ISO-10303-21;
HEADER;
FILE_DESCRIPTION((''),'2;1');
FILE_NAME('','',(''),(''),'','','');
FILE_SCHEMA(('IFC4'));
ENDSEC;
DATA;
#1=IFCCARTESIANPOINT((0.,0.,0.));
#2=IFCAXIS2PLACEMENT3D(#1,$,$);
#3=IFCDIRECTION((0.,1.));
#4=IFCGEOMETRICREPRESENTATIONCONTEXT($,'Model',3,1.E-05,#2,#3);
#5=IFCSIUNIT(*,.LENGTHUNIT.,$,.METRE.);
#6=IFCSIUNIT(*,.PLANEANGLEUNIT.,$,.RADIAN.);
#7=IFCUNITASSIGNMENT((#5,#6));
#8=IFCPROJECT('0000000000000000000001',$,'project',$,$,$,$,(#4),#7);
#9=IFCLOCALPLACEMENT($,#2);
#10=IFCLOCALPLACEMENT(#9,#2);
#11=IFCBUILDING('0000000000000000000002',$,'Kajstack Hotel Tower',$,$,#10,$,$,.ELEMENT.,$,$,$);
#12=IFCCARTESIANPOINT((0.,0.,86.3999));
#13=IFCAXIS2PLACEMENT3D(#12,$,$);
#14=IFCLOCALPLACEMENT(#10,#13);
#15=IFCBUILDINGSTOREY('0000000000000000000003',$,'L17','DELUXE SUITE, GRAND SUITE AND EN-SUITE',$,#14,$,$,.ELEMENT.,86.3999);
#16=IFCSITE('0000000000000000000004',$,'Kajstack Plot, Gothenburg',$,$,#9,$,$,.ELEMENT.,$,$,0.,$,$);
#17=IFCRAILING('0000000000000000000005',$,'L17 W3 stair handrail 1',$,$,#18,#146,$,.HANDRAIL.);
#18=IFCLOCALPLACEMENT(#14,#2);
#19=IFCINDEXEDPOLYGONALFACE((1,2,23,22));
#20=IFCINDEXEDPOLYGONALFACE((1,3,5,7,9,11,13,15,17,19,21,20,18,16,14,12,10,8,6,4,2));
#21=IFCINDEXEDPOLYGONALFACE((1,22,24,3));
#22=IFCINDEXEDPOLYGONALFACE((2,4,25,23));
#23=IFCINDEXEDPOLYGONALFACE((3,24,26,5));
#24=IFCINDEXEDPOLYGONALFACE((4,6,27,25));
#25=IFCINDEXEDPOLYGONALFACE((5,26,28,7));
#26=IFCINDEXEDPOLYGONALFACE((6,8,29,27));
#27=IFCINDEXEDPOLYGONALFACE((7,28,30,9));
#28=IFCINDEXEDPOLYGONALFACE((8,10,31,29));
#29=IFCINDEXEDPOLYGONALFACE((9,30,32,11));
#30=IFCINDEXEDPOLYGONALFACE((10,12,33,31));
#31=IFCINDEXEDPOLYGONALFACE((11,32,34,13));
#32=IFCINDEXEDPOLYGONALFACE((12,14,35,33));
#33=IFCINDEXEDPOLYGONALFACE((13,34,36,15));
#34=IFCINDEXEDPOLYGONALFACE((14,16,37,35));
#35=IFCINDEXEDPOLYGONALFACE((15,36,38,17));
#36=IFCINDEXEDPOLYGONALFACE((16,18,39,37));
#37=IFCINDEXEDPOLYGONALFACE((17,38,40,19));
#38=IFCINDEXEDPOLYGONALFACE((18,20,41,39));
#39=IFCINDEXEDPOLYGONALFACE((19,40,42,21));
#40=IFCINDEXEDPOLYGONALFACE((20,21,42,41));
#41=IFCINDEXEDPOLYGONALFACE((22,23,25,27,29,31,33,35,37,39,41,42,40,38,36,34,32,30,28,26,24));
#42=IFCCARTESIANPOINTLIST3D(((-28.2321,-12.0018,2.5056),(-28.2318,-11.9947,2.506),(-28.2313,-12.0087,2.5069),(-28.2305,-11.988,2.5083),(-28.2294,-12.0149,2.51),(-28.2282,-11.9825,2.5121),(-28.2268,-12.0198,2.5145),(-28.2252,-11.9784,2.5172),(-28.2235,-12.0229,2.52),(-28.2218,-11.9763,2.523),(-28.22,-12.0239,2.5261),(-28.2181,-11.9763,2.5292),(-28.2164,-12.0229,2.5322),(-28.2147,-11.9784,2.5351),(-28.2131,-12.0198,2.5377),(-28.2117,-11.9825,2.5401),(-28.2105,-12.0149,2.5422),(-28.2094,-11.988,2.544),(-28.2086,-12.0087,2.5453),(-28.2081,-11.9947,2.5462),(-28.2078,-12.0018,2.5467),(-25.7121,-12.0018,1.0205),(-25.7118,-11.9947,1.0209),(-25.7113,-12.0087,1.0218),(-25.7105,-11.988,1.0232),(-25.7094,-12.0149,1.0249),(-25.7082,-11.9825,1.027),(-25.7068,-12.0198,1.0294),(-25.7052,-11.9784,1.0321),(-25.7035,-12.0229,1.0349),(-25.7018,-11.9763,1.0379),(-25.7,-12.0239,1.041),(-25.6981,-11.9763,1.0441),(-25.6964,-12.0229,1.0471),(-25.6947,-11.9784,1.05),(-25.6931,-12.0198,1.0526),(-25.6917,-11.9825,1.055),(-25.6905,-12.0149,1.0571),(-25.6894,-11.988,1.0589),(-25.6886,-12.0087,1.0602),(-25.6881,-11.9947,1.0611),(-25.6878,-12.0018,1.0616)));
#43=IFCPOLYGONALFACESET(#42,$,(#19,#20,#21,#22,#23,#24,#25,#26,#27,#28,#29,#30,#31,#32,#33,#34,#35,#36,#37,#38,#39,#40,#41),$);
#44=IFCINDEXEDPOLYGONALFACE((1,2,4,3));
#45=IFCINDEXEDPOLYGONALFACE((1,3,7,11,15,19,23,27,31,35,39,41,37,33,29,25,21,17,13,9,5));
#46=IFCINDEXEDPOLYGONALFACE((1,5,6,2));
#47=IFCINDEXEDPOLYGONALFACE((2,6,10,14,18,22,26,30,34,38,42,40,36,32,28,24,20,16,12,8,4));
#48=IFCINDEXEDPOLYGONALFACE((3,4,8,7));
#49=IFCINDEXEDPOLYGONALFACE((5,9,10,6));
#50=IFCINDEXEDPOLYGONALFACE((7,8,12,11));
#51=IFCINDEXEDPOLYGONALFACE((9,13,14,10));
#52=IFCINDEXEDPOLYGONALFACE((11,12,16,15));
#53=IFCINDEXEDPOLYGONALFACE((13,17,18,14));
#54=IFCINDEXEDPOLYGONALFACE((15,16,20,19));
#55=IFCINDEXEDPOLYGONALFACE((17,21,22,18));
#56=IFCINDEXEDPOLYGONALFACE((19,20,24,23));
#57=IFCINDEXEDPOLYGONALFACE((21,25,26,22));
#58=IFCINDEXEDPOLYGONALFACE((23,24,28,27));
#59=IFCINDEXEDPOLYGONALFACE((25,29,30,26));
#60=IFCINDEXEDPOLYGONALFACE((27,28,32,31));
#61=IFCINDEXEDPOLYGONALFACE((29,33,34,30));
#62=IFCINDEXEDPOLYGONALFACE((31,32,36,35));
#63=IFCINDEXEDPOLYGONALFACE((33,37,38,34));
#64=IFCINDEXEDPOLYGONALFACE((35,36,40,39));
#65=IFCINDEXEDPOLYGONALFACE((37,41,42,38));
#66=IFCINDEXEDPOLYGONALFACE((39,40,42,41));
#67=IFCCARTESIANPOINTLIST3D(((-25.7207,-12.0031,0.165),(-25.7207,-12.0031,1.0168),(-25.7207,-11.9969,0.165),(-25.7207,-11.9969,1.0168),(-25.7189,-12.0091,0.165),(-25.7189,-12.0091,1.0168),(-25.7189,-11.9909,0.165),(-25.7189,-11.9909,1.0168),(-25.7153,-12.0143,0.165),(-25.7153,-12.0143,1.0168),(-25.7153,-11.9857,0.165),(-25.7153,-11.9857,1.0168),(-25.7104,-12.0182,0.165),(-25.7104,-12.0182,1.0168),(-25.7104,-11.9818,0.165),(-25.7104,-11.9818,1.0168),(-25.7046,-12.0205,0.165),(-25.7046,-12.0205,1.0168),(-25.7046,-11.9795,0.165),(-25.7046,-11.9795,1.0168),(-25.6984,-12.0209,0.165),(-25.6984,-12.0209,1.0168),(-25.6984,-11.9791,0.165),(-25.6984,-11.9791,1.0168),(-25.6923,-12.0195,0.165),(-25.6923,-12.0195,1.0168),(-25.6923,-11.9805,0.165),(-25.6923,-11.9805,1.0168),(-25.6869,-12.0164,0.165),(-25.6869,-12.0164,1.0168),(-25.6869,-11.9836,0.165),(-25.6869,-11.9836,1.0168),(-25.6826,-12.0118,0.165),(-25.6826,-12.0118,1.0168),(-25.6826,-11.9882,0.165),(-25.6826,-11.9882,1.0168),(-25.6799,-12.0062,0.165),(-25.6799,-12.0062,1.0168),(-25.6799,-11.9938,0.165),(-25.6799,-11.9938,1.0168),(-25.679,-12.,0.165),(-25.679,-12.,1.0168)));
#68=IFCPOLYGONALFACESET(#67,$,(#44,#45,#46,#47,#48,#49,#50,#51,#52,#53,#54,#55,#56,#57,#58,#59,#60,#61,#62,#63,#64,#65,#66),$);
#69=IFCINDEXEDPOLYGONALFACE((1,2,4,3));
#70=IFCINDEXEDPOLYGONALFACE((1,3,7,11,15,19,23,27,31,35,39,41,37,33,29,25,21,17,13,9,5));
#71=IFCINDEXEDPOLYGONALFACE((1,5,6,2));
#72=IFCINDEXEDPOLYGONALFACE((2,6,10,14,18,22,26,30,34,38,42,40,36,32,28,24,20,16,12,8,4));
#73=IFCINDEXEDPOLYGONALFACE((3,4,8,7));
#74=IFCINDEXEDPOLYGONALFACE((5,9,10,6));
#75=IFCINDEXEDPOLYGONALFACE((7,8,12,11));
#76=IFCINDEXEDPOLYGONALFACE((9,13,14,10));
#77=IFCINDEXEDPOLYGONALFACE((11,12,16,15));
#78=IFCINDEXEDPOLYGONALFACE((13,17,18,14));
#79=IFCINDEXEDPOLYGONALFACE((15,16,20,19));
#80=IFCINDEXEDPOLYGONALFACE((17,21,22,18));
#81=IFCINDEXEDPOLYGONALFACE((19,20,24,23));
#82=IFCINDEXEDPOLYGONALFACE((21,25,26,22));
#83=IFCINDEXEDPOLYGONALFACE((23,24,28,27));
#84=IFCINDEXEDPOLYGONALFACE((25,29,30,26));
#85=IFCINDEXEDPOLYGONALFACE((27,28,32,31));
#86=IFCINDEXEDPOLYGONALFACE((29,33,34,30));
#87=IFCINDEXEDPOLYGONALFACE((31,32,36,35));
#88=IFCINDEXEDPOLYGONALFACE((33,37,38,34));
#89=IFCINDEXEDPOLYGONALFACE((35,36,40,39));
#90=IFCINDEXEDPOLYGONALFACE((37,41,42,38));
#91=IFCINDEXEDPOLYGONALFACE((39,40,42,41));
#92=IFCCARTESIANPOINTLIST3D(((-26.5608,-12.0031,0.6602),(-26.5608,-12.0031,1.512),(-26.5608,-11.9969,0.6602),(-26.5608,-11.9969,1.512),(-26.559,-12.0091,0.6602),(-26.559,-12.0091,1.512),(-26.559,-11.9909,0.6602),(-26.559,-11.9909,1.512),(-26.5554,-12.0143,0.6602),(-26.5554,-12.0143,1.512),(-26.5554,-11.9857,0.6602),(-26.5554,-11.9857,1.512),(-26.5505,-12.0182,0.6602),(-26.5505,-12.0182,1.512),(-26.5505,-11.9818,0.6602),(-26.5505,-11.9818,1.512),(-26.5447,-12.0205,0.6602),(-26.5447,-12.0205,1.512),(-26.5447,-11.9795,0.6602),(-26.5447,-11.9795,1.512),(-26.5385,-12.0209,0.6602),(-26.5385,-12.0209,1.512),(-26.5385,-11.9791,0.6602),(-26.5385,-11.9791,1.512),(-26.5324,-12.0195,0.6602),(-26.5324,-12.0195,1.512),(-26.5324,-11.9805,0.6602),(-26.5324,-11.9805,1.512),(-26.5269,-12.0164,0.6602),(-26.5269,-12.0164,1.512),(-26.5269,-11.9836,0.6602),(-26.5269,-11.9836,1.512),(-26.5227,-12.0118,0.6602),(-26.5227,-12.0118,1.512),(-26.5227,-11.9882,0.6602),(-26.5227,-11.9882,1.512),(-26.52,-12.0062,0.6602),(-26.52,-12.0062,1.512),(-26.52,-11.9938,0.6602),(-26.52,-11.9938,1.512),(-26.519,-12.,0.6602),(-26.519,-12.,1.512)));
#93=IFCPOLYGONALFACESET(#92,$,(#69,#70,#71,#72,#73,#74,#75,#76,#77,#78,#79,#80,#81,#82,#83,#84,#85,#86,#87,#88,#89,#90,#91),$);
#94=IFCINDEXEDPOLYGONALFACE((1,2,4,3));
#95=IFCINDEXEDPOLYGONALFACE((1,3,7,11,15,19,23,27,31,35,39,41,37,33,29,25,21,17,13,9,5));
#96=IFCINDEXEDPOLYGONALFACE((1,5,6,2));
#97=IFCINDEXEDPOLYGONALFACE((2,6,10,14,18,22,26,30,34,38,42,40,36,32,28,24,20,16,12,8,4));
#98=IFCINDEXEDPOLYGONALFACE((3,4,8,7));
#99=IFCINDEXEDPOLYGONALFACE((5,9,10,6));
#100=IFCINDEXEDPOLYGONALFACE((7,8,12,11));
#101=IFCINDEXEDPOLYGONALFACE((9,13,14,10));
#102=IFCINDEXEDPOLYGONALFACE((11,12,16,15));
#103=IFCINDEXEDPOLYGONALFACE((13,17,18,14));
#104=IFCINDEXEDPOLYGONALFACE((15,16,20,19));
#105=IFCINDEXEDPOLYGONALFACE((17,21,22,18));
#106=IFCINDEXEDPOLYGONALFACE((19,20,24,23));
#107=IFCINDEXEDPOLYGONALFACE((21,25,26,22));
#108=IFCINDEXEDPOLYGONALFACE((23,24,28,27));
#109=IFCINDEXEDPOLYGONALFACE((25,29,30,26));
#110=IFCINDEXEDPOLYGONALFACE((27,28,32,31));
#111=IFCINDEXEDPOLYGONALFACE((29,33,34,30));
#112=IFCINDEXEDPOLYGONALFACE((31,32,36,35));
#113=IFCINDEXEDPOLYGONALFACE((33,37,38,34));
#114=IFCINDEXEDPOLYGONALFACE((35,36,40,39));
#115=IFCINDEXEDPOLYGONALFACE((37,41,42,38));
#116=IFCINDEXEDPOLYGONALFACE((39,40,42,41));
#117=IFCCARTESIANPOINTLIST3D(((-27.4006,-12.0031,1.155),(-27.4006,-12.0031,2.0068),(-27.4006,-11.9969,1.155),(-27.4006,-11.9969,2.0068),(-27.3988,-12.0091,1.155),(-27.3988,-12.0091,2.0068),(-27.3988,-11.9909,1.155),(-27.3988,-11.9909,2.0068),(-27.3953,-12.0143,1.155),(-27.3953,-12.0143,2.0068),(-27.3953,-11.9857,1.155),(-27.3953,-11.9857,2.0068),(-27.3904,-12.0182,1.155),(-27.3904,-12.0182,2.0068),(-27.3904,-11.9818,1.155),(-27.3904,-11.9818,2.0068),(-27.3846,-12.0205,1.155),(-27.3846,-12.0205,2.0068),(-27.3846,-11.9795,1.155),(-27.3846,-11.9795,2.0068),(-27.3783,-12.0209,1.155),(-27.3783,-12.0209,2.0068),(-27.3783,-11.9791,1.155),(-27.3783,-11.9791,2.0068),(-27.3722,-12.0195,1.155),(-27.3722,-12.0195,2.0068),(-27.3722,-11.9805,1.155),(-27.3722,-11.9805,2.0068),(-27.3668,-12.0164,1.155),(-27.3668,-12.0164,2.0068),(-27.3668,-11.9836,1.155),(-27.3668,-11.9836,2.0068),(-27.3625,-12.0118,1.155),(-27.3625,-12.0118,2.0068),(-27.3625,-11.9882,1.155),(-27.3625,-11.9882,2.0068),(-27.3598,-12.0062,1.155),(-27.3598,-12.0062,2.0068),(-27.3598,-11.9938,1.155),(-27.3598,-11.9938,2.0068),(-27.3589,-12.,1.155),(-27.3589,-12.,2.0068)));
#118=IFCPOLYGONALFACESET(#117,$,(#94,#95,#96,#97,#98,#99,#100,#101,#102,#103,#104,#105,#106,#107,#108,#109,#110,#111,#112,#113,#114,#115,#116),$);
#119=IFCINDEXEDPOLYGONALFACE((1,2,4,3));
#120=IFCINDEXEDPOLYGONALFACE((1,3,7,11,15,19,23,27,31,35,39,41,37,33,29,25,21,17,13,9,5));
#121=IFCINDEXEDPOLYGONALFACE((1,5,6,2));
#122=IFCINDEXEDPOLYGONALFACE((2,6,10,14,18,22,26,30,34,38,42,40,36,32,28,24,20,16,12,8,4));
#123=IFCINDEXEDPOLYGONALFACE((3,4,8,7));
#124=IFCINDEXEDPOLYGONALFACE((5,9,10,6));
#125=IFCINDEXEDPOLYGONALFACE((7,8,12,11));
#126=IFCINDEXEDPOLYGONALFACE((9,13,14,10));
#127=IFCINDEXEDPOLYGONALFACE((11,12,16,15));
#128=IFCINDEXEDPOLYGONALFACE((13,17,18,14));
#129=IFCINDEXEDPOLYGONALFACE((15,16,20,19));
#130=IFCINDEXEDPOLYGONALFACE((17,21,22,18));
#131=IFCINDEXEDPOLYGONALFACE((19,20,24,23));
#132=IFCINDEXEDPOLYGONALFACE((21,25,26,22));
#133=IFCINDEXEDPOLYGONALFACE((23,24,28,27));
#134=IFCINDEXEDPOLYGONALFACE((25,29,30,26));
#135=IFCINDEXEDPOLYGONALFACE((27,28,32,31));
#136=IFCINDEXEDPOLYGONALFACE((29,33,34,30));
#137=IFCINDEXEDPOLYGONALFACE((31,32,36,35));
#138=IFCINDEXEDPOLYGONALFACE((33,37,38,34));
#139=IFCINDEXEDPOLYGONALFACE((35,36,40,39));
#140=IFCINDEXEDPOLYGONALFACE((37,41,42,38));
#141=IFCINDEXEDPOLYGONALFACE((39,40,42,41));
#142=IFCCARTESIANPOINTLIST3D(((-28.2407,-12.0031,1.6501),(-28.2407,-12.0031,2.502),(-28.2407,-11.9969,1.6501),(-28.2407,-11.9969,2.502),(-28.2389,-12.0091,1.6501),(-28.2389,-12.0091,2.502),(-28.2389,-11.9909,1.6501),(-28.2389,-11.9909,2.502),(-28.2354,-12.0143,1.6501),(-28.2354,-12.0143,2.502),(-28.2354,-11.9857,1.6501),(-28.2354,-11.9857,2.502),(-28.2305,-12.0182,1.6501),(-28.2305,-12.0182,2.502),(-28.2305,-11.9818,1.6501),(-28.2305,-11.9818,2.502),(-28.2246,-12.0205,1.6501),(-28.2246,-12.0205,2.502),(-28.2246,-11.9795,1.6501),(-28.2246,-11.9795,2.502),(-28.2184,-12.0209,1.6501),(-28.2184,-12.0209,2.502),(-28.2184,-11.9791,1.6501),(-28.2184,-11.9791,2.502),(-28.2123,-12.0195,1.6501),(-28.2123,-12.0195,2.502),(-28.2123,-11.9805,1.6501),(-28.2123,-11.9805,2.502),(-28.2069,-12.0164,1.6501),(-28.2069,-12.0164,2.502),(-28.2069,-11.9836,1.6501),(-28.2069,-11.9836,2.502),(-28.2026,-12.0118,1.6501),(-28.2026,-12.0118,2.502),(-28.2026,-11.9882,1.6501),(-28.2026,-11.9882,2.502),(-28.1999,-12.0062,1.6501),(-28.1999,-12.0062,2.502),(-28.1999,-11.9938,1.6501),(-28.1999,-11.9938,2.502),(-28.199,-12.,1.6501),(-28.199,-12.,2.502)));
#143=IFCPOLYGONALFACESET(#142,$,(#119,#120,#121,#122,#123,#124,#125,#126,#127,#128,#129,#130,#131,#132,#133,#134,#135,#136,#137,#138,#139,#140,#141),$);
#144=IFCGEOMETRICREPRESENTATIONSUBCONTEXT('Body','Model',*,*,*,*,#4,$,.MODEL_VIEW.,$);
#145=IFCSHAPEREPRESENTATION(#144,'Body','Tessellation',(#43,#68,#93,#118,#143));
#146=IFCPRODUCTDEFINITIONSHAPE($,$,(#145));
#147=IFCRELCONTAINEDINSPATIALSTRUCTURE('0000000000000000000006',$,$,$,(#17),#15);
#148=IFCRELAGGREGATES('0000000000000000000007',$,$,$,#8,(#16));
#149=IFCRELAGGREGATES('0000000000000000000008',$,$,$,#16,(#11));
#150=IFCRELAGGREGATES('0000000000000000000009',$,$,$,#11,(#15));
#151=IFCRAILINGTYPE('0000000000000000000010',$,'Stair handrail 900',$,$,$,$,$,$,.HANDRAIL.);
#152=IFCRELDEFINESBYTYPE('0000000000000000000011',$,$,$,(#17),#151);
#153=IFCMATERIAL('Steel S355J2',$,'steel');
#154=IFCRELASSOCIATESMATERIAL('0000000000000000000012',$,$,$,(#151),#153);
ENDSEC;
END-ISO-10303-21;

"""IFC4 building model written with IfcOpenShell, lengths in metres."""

from ifc_helpers import new_model, si_unit, direction, frame, origin, origin_2d, place, context, subcontext, project, spatial, circle, extrude, material, type_object, element, save


model = new_model("IFC4")

# Units and contexts
model_context = context("Model", 3, precision=1e-05, world=origin(), true_north=direction((0.0, 1.0)))
body_context = subcontext(model_context, "Body", "Model", "MODEL_VIEW")
ifc_project = project(units=[si_unit("LENGTHUNIT", "METRE"), si_unit("PLANEANGLEUNIT", "RADIAN")], contexts=[model_context])

# Site, building, storey
site_placement = place(None, origin())
site = spatial("IfcSite", under=ifc_project, at=site_placement, Name="Kajstack Plot, Gothenburg", CompositionType="ELEMENT", RefElevation=0.0)
building_placement = place(site_placement, origin())
building = spatial("IfcBuilding", under=site, at=building_placement, Name="Kajstack Hotel Tower", CompositionType="ELEMENT")
storey_placement = place(building_placement, frame((0.0, 0.0, 86.3999)))
storey = spatial("IfcBuildingStorey", under=building, at=storey_placement, Name="L17", Description="DELUXE SUITE, GRAND SUITE AND EN-SUITE", CompositionType="ELEMENT", Elevation=86.3999)

# Railing
ifc_material_1 = material(Name="Steel S355J2", Category="steel")
railing_type_1 = type_object("IfcRailingType", Name="Stair handrail 900", PredefinedType="HANDRAIL", material=ifc_material_1)
railing_1_placement = place(storey_placement, frame((-25.7, -12.0, 0.165)))
element("IfcRailing", 1, at=railing_1_placement, inside=storey, type_object=railing_type_1, Name="L17 W3 stair handrail 1", PredefinedType="HANDRAIL", context=body_context, shape_type="SweptSolid", body=[
    extrude(circle(Radius=0.0239, at=origin_2d()), frame((0.0, 0.0, 0.876), z_axis=(-0.861524, 0.0, 0.507717), x_axis=(0.0, -1.0, 0.0)), (0.0, 0.0, 1.0), 2.925),
    extrude(circle(Radius=0.021, at=origin_2d()), origin(), (0.0, 0.0, 1.0), 0.8518),
    extrude(circle(Radius=0.021, at=origin_2d()), frame((-0.8401, 0.0, 0.4951)), (0.0, 0.0, 1.0), 0.8518),
    extrude(circle(Radius=0.021, at=origin_2d()), frame((-1.6799, 0.0, 0.99)), (0.0, 0.0, 1.0), 0.8518),
    extrude(circle(Radius=0.021, at=origin_2d()), frame((-2.52, 0.0, 1.4851)), (0.0, 0.0, 1.0), 0.8518),
])

save(model, "model.ifc")
